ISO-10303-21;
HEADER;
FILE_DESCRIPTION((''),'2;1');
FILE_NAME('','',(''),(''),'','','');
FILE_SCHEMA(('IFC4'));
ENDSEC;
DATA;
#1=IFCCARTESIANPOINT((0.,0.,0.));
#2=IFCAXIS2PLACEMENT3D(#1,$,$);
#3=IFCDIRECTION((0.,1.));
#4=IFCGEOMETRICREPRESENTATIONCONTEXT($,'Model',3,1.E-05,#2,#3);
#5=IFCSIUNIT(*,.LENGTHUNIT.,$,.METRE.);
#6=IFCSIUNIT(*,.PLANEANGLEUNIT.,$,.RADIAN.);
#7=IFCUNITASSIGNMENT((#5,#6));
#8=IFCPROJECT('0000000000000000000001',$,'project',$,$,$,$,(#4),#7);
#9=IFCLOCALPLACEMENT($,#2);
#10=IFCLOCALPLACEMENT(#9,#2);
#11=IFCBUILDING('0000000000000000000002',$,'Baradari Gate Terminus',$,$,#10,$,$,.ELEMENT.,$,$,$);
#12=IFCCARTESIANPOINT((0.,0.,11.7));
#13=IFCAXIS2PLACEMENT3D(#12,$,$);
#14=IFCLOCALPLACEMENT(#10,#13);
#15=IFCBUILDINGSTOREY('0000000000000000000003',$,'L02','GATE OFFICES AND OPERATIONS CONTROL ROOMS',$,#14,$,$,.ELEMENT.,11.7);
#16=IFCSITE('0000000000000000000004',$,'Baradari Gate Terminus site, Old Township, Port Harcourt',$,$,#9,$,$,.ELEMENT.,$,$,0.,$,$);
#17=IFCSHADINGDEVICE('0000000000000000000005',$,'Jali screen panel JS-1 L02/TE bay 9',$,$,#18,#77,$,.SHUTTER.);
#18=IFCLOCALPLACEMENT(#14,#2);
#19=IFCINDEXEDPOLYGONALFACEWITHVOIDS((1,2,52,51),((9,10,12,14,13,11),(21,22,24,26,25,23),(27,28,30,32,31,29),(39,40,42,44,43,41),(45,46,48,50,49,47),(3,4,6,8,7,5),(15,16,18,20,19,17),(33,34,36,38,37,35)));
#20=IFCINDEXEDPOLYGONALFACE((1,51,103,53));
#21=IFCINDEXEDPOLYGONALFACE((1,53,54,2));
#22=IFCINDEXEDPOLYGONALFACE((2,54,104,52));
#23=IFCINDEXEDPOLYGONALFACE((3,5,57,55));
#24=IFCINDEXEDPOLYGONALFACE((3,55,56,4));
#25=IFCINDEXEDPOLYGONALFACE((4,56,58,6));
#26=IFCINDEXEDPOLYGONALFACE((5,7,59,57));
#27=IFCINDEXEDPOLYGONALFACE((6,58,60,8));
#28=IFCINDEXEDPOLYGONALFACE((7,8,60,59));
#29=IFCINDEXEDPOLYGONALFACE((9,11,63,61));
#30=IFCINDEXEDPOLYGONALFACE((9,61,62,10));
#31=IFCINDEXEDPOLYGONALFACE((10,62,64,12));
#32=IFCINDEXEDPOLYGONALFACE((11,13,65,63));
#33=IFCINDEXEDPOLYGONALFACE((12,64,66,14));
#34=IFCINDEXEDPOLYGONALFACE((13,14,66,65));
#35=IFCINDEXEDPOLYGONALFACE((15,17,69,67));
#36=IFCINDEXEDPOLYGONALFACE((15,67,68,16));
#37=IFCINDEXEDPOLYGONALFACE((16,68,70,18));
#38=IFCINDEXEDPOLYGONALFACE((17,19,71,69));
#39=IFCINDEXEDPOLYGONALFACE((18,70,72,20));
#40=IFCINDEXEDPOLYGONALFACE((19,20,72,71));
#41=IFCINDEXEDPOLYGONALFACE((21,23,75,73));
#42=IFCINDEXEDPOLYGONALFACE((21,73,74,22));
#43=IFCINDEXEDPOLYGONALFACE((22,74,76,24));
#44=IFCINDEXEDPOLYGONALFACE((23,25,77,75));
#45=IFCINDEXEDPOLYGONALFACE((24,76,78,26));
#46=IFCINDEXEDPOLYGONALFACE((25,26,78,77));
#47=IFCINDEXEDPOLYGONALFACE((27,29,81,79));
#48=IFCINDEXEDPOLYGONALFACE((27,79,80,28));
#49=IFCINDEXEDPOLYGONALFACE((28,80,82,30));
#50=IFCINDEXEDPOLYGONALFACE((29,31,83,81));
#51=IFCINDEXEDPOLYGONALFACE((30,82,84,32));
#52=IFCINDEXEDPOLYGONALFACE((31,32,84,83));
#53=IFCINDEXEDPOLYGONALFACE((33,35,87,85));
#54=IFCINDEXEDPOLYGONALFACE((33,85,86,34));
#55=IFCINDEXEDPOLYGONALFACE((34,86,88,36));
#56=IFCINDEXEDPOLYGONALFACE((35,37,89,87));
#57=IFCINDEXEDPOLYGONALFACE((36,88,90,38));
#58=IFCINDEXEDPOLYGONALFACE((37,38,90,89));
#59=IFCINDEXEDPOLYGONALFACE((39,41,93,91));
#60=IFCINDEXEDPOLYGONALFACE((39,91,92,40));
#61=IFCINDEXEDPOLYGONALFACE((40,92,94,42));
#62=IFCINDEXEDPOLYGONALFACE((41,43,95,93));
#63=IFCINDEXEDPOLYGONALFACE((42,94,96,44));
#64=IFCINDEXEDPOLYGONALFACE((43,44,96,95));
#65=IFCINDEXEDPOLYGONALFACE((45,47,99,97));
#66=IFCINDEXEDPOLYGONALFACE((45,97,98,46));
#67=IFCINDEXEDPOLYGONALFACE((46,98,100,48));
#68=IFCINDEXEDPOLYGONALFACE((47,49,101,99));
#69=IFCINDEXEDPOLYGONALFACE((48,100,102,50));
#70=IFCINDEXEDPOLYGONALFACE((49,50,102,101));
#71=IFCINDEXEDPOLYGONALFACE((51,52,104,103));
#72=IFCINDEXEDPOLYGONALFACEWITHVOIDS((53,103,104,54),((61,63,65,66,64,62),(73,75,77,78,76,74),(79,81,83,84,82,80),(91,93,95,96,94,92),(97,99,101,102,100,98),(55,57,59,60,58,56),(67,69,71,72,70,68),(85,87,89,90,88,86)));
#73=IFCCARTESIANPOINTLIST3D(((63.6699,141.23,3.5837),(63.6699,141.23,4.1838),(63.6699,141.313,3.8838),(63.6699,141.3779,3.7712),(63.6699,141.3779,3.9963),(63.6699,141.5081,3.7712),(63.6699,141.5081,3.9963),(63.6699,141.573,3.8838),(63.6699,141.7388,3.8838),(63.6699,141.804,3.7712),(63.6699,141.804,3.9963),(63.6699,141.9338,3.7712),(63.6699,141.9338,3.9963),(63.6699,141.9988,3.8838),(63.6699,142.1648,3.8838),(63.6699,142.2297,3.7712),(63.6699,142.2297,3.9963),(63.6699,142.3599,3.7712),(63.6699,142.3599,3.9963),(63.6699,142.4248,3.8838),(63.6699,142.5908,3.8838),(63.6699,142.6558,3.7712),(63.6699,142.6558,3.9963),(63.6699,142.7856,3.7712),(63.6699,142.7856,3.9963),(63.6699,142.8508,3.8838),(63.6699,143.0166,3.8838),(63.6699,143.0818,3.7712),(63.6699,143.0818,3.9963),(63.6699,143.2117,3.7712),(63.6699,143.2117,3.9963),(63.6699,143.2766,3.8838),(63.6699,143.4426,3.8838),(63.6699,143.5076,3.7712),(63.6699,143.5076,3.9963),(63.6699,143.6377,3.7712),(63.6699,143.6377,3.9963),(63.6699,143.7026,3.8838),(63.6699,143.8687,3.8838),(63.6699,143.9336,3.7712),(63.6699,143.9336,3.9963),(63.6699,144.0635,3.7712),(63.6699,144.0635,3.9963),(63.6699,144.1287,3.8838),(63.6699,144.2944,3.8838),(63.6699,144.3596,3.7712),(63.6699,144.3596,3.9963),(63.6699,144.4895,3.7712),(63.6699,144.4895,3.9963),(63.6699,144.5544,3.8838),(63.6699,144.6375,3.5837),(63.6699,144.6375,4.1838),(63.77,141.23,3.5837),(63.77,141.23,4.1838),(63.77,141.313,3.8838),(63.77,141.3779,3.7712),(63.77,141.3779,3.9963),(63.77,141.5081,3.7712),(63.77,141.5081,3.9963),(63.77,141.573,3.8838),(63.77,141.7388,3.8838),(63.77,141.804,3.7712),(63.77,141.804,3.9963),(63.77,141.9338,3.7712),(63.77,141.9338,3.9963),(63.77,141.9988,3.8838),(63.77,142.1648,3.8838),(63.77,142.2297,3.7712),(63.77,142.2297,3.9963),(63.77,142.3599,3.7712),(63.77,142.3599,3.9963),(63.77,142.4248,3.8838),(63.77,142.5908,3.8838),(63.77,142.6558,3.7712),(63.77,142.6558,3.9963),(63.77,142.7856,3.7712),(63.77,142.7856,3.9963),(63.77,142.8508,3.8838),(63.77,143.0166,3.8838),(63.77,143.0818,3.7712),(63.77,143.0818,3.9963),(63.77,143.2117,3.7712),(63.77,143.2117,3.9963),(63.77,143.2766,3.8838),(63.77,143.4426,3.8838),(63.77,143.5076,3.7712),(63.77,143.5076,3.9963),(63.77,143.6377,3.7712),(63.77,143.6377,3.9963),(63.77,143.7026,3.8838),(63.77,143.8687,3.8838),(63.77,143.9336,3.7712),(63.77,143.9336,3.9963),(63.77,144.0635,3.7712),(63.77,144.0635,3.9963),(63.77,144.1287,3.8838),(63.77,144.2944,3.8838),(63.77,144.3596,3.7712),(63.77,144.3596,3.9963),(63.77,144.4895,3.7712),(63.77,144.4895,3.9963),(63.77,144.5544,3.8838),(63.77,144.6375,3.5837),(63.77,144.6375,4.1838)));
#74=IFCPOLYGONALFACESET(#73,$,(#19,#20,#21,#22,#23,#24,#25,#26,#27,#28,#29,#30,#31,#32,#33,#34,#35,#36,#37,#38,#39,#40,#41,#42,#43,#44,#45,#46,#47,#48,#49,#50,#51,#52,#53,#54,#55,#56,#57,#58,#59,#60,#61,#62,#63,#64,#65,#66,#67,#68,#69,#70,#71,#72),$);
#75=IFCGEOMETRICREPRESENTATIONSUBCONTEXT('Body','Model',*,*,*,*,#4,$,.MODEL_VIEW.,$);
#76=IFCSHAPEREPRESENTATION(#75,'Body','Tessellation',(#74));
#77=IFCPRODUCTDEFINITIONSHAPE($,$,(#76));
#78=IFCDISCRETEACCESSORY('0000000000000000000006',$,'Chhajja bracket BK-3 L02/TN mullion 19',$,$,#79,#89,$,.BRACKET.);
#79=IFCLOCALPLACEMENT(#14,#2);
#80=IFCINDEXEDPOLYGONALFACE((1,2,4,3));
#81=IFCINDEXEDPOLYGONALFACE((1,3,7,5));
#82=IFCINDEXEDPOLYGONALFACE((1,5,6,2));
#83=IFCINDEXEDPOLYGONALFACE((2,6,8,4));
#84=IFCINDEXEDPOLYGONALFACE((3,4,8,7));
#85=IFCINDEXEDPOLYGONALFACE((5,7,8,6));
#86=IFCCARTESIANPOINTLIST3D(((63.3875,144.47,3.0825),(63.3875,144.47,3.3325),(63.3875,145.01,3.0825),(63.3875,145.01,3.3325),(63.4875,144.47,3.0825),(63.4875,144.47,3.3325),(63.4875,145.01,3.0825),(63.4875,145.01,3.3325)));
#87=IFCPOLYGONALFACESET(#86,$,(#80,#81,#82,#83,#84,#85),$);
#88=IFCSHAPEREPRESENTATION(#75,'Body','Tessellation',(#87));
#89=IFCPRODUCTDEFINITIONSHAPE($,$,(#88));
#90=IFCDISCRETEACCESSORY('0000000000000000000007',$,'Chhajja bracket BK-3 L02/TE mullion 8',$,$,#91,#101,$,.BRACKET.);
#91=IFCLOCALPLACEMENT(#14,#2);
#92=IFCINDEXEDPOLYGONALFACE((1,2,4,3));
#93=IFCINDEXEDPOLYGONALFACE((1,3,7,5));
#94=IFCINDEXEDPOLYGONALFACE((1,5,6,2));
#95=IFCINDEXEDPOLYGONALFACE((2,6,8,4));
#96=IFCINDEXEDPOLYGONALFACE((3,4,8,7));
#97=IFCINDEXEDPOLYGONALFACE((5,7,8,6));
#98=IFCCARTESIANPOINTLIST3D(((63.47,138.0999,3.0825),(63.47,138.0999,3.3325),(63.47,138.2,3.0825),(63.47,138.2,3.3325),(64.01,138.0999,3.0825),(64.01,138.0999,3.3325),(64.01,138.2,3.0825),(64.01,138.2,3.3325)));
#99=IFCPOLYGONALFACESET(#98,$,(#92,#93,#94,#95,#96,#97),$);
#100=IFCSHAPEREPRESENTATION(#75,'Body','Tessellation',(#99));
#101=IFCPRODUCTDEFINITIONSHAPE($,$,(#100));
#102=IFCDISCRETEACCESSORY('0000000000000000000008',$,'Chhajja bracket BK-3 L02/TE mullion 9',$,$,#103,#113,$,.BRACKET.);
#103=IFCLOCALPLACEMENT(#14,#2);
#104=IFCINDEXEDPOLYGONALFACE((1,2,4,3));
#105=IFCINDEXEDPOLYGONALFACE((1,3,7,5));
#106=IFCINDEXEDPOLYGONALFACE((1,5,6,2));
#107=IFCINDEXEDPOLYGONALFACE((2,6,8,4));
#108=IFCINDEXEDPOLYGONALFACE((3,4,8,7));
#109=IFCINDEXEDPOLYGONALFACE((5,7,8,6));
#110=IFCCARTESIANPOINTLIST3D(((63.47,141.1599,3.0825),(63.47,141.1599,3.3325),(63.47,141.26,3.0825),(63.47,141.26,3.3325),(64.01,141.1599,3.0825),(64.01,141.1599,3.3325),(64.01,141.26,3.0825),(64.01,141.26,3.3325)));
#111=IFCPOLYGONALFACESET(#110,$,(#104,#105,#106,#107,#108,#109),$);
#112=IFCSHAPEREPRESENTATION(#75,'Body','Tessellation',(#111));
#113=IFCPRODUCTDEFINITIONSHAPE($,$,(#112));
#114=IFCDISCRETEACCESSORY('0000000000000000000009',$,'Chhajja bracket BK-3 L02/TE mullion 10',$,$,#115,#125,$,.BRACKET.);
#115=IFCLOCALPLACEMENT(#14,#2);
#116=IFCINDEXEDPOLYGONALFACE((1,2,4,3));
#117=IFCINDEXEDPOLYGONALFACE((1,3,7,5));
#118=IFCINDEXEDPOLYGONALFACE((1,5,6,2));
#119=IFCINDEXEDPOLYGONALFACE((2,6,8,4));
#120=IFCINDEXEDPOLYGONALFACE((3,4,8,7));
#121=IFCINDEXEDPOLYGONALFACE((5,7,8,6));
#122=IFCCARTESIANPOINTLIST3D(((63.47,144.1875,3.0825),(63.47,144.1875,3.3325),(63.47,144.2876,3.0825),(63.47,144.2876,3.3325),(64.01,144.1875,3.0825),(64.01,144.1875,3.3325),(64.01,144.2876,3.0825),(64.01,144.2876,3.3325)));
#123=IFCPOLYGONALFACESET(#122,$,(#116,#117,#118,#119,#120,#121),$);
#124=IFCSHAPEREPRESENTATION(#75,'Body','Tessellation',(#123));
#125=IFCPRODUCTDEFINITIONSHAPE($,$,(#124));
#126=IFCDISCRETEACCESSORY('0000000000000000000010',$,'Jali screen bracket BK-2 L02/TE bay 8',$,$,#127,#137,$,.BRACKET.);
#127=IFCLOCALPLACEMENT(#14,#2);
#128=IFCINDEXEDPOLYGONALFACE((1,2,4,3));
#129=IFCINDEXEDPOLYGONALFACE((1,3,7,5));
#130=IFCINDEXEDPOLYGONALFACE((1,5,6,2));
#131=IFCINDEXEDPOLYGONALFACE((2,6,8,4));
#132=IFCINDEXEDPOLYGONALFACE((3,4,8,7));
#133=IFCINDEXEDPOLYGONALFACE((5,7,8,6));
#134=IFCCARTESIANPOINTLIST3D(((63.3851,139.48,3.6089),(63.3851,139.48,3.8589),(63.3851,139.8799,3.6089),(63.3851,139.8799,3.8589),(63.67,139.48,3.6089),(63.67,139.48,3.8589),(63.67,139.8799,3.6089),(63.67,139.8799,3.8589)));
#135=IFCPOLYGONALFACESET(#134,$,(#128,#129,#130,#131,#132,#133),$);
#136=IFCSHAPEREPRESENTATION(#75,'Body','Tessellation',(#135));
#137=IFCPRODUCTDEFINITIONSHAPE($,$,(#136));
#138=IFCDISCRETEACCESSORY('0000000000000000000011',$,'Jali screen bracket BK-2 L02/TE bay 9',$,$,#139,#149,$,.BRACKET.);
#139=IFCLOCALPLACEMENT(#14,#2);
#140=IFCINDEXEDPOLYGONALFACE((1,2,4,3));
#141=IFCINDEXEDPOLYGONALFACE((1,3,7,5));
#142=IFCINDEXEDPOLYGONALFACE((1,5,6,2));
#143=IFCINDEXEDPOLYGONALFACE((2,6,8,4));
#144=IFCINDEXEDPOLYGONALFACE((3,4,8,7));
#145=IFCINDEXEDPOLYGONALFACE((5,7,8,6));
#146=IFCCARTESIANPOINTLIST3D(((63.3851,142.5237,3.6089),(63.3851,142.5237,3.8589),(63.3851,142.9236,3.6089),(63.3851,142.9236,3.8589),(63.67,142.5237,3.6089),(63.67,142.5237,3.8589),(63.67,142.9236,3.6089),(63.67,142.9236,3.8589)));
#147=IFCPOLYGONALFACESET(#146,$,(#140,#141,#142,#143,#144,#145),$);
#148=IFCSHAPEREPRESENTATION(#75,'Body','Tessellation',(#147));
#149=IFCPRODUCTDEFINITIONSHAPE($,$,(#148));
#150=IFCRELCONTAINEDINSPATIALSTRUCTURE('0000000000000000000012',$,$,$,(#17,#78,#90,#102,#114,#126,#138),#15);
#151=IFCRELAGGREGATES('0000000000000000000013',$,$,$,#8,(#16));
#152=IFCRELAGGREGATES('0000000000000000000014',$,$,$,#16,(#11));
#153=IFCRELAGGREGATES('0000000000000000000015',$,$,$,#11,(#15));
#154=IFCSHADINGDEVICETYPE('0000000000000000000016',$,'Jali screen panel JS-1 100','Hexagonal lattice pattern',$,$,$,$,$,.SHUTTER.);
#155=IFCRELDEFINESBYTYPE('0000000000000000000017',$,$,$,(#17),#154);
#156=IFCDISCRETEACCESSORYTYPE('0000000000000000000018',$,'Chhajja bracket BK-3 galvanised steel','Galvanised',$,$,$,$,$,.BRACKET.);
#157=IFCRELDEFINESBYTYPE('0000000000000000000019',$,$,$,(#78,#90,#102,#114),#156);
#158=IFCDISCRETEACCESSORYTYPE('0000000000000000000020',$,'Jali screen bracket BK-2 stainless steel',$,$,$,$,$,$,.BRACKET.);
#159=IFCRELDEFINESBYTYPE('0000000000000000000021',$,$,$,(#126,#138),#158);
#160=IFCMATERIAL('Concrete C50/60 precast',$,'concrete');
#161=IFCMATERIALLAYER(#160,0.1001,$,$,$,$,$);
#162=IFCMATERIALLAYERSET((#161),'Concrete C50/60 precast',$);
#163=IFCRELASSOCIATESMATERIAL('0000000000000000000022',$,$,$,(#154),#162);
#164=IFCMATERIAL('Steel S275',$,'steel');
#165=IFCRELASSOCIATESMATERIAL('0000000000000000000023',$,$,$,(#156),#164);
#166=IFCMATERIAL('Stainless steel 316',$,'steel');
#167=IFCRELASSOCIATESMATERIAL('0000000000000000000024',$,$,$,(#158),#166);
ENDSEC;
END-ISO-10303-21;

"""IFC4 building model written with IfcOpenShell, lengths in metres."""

from ifc_helpers import new_model, si_unit, direction, frame, origin, origin_2d, place, context, subcontext, project, spatial, polyline, rectangle, outline, extrude, material, layer, layer_set, type_object, element, save


model = new_model("IFC4")

# Units and contexts
model_context = context("Model", 3, precision=1e-05, world=origin(), true_north=direction((0.0, 1.0)))
body_context = subcontext(model_context, "Body", "Model", "MODEL_VIEW")
ifc_project = project(units=[si_unit("LENGTHUNIT", "METRE"), si_unit("PLANEANGLEUNIT", "RADIAN")], contexts=[model_context])

# Site, building, storey
site_placement = place(None, origin())
site = spatial("IfcSite", under=ifc_project, at=site_placement, Name="Baradari Gate Terminus site, Old Township, Port Harcourt", CompositionType="ELEMENT", RefElevation=0.0)
building_placement = place(site_placement, origin())
building = spatial("IfcBuilding", under=site, at=building_placement, Name="Baradari Gate Terminus", CompositionType="ELEMENT")
storey_placement = place(building_placement, frame((0.0, 0.0, 11.7)))
storey = spatial("IfcBuildingStorey", under=building, at=storey_placement, Name="L02", Description="GATE OFFICES AND OPERATIONS CONTROL ROOMS", CompositionType="ELEMENT", Elevation=11.7)

# Shading device
ifc_material_1 = material(Name="Concrete C50/60 precast", Category="concrete")
ifc_layer_1 = layer(ifc_material_1, 0.1001)
ifc_layer_set_1 = layer_set([ifc_layer_1], Name="Concrete C50/60 precast")
shading_device_type_1 = type_object("IfcShadingDeviceType", Name="Jali screen panel JS-1 100", Description="Hexagonal lattice pattern", PredefinedType="SHUTTER", material=ifc_layer_set_1)
shading_device_1_placement = place(storey_placement, frame((63.72, 141.23, 3.5837), z_axis=(0.0, 0.0, 1.0), x_axis=(0.0, 1.0, 0.0)))
element("IfcShadingDevice", 1, at=shading_device_1_placement, inside=storey, type_object=shading_device_type_1, Name="Jali screen panel JS-1 L02/TE bay 9", PredefinedType="SHUTTER", context=body_context, shape_type="SweptSolid", body=[
    extrude(outline(polyline([(0.0, 0.0), (3.4075, 0.0), (3.4075, 0.6001), (0.0, 0.6001), (0.0, 0.0)]), holes=[polyline([(0.343, 0.3), (0.2781, 0.1875), (0.1479, 0.1875), (0.083, 0.3), (0.1479, 0.4126), (0.2781, 0.4126), (0.343, 0.3)]), polyline([(0.7688, 0.3), (0.7039, 0.1875), (0.574, 0.1875), (0.5088, 0.3), (0.574, 0.4126), (0.7039, 0.4126), (0.7688, 0.3)]), polyline([(1.1948, 0.3), (1.1299, 0.1875), (0.9998, 0.1875), (0.9348, 0.3), (0.9998, 0.4126), (1.1299, 0.4126), (1.1948, 0.3)]), polyline([(1.6208, 0.3), (1.5557, 0.1875), (1.4258, 0.1875), (1.3608, 0.3), (1.4258, 0.4126), (1.5557, 0.4126), (1.6208, 0.3)]), polyline([(2.0466, 0.3), (1.9817, 0.1875), (1.8518, 0.1875), (1.7866, 0.3), (1.8518, 0.4126), (1.9817, 0.4126), (2.0466, 0.3)]), polyline([(2.4727, 0.3), (2.4077, 0.1875), (2.2776, 0.1875), (2.2126, 0.3), (2.2776, 0.4126), (2.4077, 0.4126), (2.4727, 0.3)]), polyline([(2.8987, 0.3), (2.8335, 0.1875), (2.7036, 0.1875), (2.6387, 0.3), (2.7036, 0.4126), (2.8335, 0.4126), (2.8987, 0.3)]), polyline([(3.3245, 0.3), (3.2595, 0.1875), (3.1296, 0.1875), (3.0645, 0.3), (3.1296, 0.4126), (3.2595, 0.4126), (3.3245, 0.3)])]), frame((0.0, 0.05, 0.0), z_axis=(0.0, -1.0, 0.0), x_axis=(1.0, 0.0, 0.0)), (0.0, 0.0, 1.0), 0.1001),
])

# Discrete accessories
ifc_material_2 = material(Name="Steel S275", Category="steel")
discrete_accessory_type_1 = type_object("IfcDiscreteAccessoryType", Name="Chhajja bracket BK-3 galvanised steel", Description="Galvanised", PredefinedType="BRACKET", material=ifc_material_2)
for number, where, z_axis, x_axis, name in (
    (2, (63.4375, 144.74, 3.0825), (0.0, 0.0, 1.0), (0.0, 1.0, 0.0), "Chhajja bracket BK-3 L02/TN mullion 19"),
    (3, (63.74, 138.1499, 3.0825), (0.0, 0.0, 1.0), (1.0, 0.0, 0.0), "Chhajja bracket BK-3 L02/TE mullion 8"),
    (4, (63.74, 141.21, 3.0825), (0.0, 0.0, 1.0), (1.0, 0.0, 0.0), "Chhajja bracket BK-3 L02/TE mullion 9"),
    (5, (63.74, 144.2375, 3.0825), (0.0, 0.0, 1.0), (1.0, 0.0, 0.0), "Chhajja bracket BK-3 L02/TE mullion 10"),
):
    element("IfcDiscreteAccessory", number, at=place(storey_placement, frame(where, z_axis=z_axis, x_axis=x_axis)), inside=storey, type_object=discrete_accessory_type_1, Name=name, PredefinedType="BRACKET", context=body_context, shape_type="SweptSolid", body=[
        extrude(rectangle(XDim=0.54, YDim=0.1001, at=origin_2d()), origin(), (0.0, 0.0, 1.0), 0.25),
    ])
ifc_material_3 = material(Name="Stainless steel 316", Category="steel")
discrete_accessory_type_2 = type_object("IfcDiscreteAccessoryType", Name="Jali screen bracket BK-2 stainless steel", PredefinedType="BRACKET", material=ifc_material_3)
for number, where, z_axis, x_axis, name in (
    (6, (63.5276, 139.6799, 3.6089), (0.0, 0.0, 1.0), (1.0, 0.0, 0.0), "Jali screen bracket BK-2 L02/TE bay 8"),
    (7, (63.5276, 142.7236, 3.6089), (0.0, 0.0, 1.0), (1.0, 0.0, 0.0), "Jali screen bracket BK-2 L02/TE bay 9"),
):
    element("IfcDiscreteAccessory", number, at=place(storey_placement, frame(where, z_axis=z_axis, x_axis=x_axis)), inside=storey, type_object=discrete_accessory_type_2, Name=name, PredefinedType="BRACKET", context=body_context, shape_type="SweptSolid", body=[
        extrude(rectangle(XDim=0.2849, YDim=0.3999, at=origin_2d()), origin(), (0.0, 0.0, 1.0), 0.25),
    ])

save(model, "model.ifc")
